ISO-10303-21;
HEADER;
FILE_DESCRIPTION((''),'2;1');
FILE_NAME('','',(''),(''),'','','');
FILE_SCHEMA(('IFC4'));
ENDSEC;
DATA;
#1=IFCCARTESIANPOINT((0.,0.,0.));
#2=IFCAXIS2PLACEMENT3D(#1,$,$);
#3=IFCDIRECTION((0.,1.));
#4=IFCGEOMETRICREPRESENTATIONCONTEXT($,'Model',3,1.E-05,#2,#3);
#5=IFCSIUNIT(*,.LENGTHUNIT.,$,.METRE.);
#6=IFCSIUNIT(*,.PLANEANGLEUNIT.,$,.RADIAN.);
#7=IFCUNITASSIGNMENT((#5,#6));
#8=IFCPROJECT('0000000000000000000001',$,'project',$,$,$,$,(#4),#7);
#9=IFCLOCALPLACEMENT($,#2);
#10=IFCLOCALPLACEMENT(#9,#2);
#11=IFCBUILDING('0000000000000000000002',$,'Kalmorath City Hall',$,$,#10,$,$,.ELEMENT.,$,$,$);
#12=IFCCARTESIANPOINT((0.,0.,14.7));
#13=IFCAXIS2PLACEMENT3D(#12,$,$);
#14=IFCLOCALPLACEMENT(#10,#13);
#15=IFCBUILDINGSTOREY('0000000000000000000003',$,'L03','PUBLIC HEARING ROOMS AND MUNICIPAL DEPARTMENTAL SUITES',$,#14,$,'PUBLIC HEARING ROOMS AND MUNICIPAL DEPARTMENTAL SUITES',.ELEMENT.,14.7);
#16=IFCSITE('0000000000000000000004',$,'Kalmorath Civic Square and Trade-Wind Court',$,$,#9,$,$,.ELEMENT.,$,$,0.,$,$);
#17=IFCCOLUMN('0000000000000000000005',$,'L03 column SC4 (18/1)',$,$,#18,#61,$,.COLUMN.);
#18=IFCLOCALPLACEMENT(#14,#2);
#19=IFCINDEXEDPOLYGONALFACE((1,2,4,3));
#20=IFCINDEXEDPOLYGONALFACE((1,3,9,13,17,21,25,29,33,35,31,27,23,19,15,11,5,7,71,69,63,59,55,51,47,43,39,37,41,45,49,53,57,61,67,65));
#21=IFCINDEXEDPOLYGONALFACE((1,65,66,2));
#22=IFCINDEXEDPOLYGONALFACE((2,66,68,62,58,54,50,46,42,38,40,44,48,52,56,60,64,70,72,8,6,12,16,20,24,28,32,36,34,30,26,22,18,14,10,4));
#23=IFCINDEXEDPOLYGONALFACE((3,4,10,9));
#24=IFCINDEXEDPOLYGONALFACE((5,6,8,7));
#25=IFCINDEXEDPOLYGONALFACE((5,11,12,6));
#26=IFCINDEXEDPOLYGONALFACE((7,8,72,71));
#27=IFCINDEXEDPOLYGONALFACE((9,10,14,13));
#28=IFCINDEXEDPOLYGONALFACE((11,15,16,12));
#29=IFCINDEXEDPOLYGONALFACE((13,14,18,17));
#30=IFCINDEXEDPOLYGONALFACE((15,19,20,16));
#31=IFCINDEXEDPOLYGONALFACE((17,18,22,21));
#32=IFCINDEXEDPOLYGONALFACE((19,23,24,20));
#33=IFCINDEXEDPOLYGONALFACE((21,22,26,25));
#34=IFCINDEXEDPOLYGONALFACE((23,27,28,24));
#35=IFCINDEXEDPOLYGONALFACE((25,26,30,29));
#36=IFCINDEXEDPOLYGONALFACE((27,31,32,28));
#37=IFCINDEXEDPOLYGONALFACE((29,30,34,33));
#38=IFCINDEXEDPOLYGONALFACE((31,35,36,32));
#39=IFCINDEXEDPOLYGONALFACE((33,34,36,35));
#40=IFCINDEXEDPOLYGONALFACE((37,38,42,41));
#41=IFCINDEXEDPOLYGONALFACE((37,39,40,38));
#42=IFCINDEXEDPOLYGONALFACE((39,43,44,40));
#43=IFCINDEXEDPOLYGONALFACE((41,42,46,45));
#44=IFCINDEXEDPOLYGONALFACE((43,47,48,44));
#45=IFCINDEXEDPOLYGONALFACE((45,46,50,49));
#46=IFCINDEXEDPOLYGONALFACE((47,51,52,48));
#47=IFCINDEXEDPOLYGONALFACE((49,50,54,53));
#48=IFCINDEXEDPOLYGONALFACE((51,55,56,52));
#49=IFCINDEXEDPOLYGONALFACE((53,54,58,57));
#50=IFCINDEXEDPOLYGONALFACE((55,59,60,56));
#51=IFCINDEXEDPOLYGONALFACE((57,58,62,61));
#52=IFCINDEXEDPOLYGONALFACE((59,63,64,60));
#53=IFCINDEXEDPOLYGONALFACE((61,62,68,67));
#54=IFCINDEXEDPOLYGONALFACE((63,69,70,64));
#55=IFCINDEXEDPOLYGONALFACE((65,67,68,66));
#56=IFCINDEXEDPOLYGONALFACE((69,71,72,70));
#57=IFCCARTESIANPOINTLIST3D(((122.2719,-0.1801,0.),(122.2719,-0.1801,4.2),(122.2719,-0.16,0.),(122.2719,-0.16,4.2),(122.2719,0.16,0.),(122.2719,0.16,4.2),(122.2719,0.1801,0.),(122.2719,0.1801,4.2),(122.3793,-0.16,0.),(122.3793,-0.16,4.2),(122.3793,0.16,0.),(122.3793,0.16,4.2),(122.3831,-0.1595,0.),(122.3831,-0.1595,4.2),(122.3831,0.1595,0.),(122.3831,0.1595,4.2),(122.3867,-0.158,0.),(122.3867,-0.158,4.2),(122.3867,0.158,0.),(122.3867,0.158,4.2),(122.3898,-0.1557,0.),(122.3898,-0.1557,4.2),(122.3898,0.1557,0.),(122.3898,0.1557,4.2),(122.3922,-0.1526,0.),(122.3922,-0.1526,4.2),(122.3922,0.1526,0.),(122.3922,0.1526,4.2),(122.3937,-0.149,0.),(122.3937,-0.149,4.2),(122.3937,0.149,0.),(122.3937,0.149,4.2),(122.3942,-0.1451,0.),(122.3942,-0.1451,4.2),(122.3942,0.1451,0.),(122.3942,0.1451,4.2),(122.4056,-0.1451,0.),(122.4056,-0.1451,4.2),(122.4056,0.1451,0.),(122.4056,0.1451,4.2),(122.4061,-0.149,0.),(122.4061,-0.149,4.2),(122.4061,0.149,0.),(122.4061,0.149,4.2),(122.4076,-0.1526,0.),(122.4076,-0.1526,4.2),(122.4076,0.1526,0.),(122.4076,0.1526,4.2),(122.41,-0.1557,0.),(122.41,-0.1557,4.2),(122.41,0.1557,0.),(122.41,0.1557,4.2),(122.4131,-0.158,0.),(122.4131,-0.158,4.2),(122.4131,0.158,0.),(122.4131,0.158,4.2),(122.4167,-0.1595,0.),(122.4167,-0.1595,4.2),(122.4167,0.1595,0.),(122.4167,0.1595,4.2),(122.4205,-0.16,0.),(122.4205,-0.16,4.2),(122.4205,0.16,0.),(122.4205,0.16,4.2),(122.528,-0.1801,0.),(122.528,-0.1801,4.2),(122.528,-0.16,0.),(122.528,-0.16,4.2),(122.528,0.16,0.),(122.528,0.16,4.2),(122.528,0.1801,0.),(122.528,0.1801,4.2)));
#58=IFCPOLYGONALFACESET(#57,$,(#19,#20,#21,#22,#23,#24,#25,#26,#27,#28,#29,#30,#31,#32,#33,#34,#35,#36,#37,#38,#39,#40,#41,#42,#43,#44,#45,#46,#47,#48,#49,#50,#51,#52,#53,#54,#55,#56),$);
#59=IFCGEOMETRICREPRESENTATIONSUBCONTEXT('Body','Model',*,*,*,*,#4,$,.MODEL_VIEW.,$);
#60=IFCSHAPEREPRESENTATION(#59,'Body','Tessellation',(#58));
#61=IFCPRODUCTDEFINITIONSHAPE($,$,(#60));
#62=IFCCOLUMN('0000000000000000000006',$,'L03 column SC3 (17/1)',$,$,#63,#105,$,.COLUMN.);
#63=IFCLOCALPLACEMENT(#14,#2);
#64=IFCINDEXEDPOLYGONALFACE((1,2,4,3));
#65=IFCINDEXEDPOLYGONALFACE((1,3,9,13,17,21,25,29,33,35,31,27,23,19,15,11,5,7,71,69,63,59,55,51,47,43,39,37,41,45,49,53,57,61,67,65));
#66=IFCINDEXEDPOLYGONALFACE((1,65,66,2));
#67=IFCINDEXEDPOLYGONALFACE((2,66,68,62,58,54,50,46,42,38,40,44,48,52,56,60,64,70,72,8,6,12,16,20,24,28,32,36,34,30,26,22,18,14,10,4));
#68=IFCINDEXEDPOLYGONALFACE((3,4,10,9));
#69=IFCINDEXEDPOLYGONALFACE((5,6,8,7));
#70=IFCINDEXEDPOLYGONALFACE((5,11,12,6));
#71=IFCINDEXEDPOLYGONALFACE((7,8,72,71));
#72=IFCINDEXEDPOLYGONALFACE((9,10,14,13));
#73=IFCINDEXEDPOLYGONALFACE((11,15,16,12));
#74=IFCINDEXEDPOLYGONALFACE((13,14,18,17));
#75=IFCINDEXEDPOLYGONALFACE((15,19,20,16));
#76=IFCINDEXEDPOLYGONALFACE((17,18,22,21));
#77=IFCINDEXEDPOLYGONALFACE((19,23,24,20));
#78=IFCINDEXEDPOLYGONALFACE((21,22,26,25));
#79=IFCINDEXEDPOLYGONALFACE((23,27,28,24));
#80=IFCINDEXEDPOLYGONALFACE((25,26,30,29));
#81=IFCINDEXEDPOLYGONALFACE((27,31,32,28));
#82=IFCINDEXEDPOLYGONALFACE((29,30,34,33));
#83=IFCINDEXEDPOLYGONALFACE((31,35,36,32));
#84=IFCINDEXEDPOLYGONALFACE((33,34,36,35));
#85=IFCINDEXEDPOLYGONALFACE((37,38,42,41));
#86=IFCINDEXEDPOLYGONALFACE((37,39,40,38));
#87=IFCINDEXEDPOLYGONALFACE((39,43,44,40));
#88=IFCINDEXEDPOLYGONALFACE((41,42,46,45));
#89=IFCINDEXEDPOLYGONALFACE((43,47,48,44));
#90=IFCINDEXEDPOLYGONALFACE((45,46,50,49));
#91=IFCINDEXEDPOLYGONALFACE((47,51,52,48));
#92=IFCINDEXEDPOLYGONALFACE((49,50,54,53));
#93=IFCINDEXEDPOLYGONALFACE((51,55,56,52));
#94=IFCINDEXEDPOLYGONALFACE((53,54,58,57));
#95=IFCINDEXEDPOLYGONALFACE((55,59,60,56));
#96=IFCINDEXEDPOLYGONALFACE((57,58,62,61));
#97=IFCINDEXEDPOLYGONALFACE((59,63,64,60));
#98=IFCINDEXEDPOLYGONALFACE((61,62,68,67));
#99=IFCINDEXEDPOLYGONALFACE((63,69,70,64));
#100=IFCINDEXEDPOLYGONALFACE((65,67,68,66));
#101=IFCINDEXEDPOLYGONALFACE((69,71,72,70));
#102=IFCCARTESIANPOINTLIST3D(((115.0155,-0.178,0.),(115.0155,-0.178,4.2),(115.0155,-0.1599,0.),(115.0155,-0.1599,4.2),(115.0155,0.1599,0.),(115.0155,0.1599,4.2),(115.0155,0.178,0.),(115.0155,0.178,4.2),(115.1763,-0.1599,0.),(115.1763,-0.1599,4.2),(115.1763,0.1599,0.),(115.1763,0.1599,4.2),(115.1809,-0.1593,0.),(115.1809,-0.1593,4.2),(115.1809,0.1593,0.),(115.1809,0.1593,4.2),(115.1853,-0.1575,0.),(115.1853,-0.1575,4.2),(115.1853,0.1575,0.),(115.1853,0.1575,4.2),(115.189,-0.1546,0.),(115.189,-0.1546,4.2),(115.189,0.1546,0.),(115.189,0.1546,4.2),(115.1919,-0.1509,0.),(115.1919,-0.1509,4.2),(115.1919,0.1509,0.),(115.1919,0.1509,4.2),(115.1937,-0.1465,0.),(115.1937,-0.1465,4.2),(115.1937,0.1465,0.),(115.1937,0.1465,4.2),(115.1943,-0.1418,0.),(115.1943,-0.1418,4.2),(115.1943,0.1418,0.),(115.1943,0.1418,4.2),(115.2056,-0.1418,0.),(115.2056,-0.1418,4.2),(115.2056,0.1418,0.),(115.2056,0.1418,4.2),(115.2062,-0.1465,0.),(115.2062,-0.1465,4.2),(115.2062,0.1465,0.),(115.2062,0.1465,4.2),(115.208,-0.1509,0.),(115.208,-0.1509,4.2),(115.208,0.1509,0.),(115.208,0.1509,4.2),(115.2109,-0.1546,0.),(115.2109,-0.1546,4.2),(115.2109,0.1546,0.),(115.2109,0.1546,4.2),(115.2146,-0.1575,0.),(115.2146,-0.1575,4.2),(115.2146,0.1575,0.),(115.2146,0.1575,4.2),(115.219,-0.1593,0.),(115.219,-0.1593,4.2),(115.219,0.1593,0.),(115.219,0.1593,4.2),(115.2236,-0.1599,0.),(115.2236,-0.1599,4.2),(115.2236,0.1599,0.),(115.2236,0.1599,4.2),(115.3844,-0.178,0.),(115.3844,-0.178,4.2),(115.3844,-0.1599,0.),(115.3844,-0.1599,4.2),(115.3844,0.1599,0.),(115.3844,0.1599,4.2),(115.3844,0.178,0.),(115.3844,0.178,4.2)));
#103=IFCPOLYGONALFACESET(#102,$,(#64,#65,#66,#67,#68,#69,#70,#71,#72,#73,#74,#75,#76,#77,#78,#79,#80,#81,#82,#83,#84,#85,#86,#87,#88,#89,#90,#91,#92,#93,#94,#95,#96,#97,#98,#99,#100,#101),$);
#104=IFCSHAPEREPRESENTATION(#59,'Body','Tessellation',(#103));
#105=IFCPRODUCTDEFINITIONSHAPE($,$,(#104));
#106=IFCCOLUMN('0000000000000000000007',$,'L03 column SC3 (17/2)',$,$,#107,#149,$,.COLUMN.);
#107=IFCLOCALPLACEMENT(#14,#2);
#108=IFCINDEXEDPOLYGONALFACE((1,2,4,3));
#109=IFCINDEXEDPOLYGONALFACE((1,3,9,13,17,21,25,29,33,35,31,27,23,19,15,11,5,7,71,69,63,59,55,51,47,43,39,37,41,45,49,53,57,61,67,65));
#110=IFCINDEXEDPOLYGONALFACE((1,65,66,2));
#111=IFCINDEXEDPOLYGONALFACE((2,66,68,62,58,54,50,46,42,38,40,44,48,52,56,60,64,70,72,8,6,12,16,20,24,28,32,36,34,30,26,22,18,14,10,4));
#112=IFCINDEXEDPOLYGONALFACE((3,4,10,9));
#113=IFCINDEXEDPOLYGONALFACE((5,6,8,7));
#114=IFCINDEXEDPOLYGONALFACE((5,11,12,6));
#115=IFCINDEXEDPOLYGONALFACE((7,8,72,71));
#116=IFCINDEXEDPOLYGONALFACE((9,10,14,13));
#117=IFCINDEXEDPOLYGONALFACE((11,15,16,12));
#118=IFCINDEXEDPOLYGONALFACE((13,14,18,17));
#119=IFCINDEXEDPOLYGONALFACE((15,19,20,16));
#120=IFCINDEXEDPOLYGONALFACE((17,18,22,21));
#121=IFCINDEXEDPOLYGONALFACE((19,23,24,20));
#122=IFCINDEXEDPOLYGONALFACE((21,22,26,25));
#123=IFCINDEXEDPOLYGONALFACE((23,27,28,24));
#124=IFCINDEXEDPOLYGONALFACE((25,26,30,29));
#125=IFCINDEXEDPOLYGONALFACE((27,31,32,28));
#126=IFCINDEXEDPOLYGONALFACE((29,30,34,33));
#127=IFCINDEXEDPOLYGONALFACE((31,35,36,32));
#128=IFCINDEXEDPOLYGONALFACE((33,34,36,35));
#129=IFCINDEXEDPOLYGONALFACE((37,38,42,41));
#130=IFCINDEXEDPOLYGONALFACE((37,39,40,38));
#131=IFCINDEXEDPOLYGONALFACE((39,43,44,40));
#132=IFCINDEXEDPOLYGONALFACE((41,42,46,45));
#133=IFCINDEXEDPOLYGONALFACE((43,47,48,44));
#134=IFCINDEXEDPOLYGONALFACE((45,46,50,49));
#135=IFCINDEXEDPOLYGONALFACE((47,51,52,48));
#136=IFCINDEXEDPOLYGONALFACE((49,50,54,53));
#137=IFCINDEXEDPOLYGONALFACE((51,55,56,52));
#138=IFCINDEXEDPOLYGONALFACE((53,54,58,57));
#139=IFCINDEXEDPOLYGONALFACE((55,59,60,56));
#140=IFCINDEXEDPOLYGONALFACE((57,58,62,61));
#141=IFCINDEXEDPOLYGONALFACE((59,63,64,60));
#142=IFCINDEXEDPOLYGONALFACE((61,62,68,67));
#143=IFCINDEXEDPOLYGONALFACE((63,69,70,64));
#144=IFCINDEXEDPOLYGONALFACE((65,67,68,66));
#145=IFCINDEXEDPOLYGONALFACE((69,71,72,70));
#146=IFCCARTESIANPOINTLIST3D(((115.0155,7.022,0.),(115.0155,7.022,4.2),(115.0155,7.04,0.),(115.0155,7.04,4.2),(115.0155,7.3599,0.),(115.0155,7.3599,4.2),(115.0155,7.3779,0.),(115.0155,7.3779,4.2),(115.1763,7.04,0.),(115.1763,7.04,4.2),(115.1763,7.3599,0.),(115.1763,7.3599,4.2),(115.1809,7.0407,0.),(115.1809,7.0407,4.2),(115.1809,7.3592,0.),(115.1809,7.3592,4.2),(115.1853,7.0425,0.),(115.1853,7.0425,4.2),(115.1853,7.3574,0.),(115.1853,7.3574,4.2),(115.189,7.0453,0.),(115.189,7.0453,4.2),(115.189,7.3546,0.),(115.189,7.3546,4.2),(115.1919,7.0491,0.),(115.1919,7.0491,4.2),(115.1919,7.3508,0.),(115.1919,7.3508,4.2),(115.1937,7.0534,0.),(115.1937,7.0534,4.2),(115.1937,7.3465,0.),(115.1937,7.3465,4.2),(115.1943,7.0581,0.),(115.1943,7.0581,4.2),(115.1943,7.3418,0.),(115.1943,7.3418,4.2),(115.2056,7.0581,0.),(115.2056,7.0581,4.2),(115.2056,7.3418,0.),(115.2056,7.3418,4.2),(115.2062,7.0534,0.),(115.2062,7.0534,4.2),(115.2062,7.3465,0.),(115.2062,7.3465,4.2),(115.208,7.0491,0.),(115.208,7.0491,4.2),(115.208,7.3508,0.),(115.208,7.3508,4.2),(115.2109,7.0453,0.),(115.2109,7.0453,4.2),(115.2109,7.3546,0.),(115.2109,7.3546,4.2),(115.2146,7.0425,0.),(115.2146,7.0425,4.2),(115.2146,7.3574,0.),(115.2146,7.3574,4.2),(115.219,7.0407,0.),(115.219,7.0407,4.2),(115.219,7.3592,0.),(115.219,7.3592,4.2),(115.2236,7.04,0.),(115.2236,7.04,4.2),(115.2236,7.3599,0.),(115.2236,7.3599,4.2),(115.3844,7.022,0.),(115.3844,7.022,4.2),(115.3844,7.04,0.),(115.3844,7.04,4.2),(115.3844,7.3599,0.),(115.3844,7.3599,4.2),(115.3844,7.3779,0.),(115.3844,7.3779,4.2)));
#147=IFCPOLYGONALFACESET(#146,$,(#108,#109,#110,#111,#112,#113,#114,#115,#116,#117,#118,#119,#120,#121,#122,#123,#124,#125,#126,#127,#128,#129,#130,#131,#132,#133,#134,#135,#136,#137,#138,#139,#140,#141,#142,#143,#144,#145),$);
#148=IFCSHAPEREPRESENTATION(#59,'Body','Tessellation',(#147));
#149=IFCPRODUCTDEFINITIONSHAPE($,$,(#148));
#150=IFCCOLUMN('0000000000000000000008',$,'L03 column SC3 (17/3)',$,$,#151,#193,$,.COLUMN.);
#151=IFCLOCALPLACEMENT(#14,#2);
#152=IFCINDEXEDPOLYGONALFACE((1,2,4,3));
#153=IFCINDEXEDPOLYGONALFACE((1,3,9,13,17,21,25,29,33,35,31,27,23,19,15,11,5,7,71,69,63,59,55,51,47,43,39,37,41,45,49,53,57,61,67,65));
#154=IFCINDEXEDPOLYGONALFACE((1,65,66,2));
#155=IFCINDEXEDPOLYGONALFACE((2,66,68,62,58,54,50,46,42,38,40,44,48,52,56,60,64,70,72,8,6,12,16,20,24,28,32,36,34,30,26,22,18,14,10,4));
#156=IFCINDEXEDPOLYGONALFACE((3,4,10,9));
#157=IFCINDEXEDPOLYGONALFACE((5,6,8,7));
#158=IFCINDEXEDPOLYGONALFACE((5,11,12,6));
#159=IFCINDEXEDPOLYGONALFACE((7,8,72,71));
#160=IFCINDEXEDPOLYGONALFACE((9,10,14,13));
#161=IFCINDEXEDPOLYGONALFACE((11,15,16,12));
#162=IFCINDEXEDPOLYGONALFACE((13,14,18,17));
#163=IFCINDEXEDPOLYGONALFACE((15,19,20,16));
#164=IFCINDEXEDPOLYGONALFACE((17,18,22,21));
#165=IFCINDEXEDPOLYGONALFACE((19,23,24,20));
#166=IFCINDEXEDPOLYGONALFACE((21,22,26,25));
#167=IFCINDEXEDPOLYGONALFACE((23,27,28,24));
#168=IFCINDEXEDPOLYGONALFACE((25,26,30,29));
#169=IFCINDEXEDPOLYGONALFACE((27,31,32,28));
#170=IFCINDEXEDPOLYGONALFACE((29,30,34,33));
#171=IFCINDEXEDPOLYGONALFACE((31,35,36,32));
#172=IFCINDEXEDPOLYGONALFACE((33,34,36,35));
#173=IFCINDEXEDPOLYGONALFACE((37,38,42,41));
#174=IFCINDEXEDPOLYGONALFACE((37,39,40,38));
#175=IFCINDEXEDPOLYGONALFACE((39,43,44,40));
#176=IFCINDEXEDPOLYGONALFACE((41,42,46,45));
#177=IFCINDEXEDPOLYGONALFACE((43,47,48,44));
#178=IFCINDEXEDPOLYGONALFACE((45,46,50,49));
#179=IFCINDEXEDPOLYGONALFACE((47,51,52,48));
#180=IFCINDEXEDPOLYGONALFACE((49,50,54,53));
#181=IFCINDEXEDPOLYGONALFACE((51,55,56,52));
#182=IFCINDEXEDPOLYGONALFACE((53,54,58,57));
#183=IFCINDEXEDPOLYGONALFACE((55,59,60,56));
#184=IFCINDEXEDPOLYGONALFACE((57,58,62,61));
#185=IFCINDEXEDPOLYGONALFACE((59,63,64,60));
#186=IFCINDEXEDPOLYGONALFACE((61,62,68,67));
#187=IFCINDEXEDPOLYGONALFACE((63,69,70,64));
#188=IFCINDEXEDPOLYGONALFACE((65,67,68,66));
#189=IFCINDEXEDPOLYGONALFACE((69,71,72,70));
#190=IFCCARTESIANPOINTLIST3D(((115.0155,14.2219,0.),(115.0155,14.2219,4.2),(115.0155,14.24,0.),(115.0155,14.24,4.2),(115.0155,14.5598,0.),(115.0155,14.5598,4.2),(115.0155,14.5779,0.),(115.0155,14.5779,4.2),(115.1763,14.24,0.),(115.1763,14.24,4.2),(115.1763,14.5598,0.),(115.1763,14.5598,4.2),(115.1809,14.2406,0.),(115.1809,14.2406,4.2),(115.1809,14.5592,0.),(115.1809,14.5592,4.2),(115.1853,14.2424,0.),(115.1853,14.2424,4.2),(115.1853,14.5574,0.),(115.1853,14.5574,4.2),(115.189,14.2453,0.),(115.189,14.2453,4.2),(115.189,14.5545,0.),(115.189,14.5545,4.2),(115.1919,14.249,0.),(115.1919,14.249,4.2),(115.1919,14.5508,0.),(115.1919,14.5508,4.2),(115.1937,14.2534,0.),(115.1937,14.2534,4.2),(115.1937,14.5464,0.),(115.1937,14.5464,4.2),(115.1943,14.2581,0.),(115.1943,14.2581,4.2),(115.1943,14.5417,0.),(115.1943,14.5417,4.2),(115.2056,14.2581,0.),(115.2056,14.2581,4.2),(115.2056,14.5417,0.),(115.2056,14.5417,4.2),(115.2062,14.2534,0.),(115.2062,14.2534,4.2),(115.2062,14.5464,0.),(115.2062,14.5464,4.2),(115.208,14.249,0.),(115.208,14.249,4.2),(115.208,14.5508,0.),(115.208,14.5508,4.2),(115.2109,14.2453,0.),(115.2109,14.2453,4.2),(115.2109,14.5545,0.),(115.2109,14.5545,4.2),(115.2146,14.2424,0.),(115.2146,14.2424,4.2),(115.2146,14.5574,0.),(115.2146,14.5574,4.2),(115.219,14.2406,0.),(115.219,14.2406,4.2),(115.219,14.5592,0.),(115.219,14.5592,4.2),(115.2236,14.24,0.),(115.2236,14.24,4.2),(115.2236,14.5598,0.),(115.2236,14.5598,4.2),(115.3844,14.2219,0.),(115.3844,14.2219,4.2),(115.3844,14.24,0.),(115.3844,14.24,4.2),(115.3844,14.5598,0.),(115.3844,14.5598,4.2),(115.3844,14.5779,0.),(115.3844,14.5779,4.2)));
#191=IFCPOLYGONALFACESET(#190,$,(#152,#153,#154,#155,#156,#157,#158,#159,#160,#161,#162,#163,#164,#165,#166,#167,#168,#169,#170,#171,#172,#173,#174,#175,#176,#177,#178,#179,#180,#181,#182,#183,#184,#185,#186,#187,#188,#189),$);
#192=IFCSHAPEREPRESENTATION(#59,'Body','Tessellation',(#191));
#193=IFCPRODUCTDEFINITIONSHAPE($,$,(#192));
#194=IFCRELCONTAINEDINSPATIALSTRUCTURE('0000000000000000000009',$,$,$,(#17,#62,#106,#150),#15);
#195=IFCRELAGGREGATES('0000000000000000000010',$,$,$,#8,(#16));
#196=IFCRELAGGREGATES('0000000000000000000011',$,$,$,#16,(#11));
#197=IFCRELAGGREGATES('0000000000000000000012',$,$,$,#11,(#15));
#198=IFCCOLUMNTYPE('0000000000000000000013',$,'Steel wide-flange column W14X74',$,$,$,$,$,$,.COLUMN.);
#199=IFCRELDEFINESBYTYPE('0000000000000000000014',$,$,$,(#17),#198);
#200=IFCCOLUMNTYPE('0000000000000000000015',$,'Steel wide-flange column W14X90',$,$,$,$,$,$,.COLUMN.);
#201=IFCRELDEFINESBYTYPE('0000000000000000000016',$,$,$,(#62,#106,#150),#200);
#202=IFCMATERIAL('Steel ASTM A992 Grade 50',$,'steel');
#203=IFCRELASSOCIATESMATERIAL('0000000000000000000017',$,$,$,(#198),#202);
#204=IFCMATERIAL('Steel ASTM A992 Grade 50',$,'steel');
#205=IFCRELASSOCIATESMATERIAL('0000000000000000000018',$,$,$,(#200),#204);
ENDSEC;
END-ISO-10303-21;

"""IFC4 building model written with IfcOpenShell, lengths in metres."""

from ifc_helpers import new_model, si_unit, direction, frame, origin, origin_2d, place, context, subcontext, project, spatial, i_section, extrude, material, material_profile, profile_set, type_object, element, save


model = new_model("IFC4")

# Units and contexts
model_context = context("Model", 3, precision=1e-05, world=origin(), true_north=direction((0.0, 1.0)))
body_context = subcontext(model_context, "Body", "Model", "MODEL_VIEW")
ifc_project = project(units=[si_unit("LENGTHUNIT", "METRE"), si_unit("PLANEANGLEUNIT", "RADIAN")], contexts=[model_context])

# Site, building, storey
site_placement = place(None, origin())
site = spatial("IfcSite", under=ifc_project, at=site_placement, Name="Kalmorath Civic Square and Trade-Wind Court", CompositionType="ELEMENT", RefElevation=0.0)
building_placement = place(site_placement, origin())
building = spatial("IfcBuilding", under=site, at=building_placement, Name="Kalmorath City Hall", CompositionType="ELEMENT")
storey_placement = place(building_placement, frame((0.0, 0.0, 14.7)))
storey = spatial("IfcBuildingStorey", under=building, at=storey_placement, Name="L03", Description="PUBLIC HEARING ROOMS AND MUNICIPAL DEPARTMENTAL SUITES", LongName="PUBLIC HEARING ROOMS AND MUNICIPAL DEPARTMENTAL SUITES", CompositionType="ELEMENT", Elevation=14.7)

# Columns
ifc_material_1 = material(Name="Steel ASTM A992 Grade 50", Category="steel")
ifc_material_profile_1 = material_profile(ifc_material_1, i_section(OverallWidth=0.2561, OverallDepth=0.3601, WebThickness=0.0115, FlangeThickness=0.02, FilletRadius=0.0149, at=origin_2d()), Name="W14X74")
ifc_profile_set_1 = profile_set([ifc_material_profile_1], Name="Steel ASTM A992 Grade 50")
column_type_1 = type_object("IfcColumnType", Name="Steel wide-flange column W14X74", PredefinedType="COLUMN", material=ifc_profile_set_1)
column_placement = place(storey_placement, frame((122.3999, 0.0, 0.0), z_axis=(0.0, 0.0, 1.0), x_axis=(1.0, 0.0, 0.0)))
element("IfcColumn", 1, at=column_placement, inside=storey, type_object=column_type_1, Name="L03 column SC4 (18/1)", PredefinedType="COLUMN", context=body_context, shape_type="SweptSolid", body=[
    extrude(i_section(OverallWidth=0.2561, OverallDepth=0.3601, WebThickness=0.0115, FlangeThickness=0.02, FilletRadius=0.0149, at=origin_2d()), origin(), (0.0, 0.0, 1.0), 4.2),
])
ifc_material_2 = material(Name="Steel ASTM A992 Grade 50", Category="steel")
ifc_material_profile_2 = material_profile(ifc_material_2, i_section(OverallWidth=0.3689, OverallDepth=0.356, WebThickness=0.0112, FlangeThickness=0.0181, FilletRadius=0.0181, at=origin_2d()), Name="W14X90")
ifc_profile_set_2 = profile_set([ifc_material_profile_2], Name="Steel ASTM A992 Grade 50")
column_type_2 = type_object("IfcColumnType", Name="Steel wide-flange column W14X90", PredefinedType="COLUMN", material=ifc_profile_set_2)
for number, where, z_axis, x_axis, name in (
    (2, (115.2, 0.0, 0.0), (0.0, 0.0, 1.0), (1.0, 0.0, 0.0), "L03 column SC3 (17/1)"),
    (3, (115.2, 7.2, 0.0), (0.0, 0.0, 1.0), (1.0, 0.0, 0.0), "L03 column SC3 (17/2)"),
    (4, (115.2, 14.3999, 0.0), (0.0, 0.0, 1.0), (1.0, 0.0, 0.0), "L03 column SC3 (17/3)"),
):
    element("IfcColumn", number, at=place(storey_placement, frame(where, z_axis=z_axis, x_axis=x_axis)), inside=storey, type_object=column_type_2, Name=name, PredefinedType="COLUMN", context=body_context, shape_type="SweptSolid", body=[
        extrude(i_section(OverallWidth=0.3689, OverallDepth=0.356, WebThickness=0.0112, FlangeThickness=0.0181, FilletRadius=0.0181, at=origin_2d()), origin(), (0.0, 0.0, 1.0), 4.2),
    ])

save(model, "model.ifc")
